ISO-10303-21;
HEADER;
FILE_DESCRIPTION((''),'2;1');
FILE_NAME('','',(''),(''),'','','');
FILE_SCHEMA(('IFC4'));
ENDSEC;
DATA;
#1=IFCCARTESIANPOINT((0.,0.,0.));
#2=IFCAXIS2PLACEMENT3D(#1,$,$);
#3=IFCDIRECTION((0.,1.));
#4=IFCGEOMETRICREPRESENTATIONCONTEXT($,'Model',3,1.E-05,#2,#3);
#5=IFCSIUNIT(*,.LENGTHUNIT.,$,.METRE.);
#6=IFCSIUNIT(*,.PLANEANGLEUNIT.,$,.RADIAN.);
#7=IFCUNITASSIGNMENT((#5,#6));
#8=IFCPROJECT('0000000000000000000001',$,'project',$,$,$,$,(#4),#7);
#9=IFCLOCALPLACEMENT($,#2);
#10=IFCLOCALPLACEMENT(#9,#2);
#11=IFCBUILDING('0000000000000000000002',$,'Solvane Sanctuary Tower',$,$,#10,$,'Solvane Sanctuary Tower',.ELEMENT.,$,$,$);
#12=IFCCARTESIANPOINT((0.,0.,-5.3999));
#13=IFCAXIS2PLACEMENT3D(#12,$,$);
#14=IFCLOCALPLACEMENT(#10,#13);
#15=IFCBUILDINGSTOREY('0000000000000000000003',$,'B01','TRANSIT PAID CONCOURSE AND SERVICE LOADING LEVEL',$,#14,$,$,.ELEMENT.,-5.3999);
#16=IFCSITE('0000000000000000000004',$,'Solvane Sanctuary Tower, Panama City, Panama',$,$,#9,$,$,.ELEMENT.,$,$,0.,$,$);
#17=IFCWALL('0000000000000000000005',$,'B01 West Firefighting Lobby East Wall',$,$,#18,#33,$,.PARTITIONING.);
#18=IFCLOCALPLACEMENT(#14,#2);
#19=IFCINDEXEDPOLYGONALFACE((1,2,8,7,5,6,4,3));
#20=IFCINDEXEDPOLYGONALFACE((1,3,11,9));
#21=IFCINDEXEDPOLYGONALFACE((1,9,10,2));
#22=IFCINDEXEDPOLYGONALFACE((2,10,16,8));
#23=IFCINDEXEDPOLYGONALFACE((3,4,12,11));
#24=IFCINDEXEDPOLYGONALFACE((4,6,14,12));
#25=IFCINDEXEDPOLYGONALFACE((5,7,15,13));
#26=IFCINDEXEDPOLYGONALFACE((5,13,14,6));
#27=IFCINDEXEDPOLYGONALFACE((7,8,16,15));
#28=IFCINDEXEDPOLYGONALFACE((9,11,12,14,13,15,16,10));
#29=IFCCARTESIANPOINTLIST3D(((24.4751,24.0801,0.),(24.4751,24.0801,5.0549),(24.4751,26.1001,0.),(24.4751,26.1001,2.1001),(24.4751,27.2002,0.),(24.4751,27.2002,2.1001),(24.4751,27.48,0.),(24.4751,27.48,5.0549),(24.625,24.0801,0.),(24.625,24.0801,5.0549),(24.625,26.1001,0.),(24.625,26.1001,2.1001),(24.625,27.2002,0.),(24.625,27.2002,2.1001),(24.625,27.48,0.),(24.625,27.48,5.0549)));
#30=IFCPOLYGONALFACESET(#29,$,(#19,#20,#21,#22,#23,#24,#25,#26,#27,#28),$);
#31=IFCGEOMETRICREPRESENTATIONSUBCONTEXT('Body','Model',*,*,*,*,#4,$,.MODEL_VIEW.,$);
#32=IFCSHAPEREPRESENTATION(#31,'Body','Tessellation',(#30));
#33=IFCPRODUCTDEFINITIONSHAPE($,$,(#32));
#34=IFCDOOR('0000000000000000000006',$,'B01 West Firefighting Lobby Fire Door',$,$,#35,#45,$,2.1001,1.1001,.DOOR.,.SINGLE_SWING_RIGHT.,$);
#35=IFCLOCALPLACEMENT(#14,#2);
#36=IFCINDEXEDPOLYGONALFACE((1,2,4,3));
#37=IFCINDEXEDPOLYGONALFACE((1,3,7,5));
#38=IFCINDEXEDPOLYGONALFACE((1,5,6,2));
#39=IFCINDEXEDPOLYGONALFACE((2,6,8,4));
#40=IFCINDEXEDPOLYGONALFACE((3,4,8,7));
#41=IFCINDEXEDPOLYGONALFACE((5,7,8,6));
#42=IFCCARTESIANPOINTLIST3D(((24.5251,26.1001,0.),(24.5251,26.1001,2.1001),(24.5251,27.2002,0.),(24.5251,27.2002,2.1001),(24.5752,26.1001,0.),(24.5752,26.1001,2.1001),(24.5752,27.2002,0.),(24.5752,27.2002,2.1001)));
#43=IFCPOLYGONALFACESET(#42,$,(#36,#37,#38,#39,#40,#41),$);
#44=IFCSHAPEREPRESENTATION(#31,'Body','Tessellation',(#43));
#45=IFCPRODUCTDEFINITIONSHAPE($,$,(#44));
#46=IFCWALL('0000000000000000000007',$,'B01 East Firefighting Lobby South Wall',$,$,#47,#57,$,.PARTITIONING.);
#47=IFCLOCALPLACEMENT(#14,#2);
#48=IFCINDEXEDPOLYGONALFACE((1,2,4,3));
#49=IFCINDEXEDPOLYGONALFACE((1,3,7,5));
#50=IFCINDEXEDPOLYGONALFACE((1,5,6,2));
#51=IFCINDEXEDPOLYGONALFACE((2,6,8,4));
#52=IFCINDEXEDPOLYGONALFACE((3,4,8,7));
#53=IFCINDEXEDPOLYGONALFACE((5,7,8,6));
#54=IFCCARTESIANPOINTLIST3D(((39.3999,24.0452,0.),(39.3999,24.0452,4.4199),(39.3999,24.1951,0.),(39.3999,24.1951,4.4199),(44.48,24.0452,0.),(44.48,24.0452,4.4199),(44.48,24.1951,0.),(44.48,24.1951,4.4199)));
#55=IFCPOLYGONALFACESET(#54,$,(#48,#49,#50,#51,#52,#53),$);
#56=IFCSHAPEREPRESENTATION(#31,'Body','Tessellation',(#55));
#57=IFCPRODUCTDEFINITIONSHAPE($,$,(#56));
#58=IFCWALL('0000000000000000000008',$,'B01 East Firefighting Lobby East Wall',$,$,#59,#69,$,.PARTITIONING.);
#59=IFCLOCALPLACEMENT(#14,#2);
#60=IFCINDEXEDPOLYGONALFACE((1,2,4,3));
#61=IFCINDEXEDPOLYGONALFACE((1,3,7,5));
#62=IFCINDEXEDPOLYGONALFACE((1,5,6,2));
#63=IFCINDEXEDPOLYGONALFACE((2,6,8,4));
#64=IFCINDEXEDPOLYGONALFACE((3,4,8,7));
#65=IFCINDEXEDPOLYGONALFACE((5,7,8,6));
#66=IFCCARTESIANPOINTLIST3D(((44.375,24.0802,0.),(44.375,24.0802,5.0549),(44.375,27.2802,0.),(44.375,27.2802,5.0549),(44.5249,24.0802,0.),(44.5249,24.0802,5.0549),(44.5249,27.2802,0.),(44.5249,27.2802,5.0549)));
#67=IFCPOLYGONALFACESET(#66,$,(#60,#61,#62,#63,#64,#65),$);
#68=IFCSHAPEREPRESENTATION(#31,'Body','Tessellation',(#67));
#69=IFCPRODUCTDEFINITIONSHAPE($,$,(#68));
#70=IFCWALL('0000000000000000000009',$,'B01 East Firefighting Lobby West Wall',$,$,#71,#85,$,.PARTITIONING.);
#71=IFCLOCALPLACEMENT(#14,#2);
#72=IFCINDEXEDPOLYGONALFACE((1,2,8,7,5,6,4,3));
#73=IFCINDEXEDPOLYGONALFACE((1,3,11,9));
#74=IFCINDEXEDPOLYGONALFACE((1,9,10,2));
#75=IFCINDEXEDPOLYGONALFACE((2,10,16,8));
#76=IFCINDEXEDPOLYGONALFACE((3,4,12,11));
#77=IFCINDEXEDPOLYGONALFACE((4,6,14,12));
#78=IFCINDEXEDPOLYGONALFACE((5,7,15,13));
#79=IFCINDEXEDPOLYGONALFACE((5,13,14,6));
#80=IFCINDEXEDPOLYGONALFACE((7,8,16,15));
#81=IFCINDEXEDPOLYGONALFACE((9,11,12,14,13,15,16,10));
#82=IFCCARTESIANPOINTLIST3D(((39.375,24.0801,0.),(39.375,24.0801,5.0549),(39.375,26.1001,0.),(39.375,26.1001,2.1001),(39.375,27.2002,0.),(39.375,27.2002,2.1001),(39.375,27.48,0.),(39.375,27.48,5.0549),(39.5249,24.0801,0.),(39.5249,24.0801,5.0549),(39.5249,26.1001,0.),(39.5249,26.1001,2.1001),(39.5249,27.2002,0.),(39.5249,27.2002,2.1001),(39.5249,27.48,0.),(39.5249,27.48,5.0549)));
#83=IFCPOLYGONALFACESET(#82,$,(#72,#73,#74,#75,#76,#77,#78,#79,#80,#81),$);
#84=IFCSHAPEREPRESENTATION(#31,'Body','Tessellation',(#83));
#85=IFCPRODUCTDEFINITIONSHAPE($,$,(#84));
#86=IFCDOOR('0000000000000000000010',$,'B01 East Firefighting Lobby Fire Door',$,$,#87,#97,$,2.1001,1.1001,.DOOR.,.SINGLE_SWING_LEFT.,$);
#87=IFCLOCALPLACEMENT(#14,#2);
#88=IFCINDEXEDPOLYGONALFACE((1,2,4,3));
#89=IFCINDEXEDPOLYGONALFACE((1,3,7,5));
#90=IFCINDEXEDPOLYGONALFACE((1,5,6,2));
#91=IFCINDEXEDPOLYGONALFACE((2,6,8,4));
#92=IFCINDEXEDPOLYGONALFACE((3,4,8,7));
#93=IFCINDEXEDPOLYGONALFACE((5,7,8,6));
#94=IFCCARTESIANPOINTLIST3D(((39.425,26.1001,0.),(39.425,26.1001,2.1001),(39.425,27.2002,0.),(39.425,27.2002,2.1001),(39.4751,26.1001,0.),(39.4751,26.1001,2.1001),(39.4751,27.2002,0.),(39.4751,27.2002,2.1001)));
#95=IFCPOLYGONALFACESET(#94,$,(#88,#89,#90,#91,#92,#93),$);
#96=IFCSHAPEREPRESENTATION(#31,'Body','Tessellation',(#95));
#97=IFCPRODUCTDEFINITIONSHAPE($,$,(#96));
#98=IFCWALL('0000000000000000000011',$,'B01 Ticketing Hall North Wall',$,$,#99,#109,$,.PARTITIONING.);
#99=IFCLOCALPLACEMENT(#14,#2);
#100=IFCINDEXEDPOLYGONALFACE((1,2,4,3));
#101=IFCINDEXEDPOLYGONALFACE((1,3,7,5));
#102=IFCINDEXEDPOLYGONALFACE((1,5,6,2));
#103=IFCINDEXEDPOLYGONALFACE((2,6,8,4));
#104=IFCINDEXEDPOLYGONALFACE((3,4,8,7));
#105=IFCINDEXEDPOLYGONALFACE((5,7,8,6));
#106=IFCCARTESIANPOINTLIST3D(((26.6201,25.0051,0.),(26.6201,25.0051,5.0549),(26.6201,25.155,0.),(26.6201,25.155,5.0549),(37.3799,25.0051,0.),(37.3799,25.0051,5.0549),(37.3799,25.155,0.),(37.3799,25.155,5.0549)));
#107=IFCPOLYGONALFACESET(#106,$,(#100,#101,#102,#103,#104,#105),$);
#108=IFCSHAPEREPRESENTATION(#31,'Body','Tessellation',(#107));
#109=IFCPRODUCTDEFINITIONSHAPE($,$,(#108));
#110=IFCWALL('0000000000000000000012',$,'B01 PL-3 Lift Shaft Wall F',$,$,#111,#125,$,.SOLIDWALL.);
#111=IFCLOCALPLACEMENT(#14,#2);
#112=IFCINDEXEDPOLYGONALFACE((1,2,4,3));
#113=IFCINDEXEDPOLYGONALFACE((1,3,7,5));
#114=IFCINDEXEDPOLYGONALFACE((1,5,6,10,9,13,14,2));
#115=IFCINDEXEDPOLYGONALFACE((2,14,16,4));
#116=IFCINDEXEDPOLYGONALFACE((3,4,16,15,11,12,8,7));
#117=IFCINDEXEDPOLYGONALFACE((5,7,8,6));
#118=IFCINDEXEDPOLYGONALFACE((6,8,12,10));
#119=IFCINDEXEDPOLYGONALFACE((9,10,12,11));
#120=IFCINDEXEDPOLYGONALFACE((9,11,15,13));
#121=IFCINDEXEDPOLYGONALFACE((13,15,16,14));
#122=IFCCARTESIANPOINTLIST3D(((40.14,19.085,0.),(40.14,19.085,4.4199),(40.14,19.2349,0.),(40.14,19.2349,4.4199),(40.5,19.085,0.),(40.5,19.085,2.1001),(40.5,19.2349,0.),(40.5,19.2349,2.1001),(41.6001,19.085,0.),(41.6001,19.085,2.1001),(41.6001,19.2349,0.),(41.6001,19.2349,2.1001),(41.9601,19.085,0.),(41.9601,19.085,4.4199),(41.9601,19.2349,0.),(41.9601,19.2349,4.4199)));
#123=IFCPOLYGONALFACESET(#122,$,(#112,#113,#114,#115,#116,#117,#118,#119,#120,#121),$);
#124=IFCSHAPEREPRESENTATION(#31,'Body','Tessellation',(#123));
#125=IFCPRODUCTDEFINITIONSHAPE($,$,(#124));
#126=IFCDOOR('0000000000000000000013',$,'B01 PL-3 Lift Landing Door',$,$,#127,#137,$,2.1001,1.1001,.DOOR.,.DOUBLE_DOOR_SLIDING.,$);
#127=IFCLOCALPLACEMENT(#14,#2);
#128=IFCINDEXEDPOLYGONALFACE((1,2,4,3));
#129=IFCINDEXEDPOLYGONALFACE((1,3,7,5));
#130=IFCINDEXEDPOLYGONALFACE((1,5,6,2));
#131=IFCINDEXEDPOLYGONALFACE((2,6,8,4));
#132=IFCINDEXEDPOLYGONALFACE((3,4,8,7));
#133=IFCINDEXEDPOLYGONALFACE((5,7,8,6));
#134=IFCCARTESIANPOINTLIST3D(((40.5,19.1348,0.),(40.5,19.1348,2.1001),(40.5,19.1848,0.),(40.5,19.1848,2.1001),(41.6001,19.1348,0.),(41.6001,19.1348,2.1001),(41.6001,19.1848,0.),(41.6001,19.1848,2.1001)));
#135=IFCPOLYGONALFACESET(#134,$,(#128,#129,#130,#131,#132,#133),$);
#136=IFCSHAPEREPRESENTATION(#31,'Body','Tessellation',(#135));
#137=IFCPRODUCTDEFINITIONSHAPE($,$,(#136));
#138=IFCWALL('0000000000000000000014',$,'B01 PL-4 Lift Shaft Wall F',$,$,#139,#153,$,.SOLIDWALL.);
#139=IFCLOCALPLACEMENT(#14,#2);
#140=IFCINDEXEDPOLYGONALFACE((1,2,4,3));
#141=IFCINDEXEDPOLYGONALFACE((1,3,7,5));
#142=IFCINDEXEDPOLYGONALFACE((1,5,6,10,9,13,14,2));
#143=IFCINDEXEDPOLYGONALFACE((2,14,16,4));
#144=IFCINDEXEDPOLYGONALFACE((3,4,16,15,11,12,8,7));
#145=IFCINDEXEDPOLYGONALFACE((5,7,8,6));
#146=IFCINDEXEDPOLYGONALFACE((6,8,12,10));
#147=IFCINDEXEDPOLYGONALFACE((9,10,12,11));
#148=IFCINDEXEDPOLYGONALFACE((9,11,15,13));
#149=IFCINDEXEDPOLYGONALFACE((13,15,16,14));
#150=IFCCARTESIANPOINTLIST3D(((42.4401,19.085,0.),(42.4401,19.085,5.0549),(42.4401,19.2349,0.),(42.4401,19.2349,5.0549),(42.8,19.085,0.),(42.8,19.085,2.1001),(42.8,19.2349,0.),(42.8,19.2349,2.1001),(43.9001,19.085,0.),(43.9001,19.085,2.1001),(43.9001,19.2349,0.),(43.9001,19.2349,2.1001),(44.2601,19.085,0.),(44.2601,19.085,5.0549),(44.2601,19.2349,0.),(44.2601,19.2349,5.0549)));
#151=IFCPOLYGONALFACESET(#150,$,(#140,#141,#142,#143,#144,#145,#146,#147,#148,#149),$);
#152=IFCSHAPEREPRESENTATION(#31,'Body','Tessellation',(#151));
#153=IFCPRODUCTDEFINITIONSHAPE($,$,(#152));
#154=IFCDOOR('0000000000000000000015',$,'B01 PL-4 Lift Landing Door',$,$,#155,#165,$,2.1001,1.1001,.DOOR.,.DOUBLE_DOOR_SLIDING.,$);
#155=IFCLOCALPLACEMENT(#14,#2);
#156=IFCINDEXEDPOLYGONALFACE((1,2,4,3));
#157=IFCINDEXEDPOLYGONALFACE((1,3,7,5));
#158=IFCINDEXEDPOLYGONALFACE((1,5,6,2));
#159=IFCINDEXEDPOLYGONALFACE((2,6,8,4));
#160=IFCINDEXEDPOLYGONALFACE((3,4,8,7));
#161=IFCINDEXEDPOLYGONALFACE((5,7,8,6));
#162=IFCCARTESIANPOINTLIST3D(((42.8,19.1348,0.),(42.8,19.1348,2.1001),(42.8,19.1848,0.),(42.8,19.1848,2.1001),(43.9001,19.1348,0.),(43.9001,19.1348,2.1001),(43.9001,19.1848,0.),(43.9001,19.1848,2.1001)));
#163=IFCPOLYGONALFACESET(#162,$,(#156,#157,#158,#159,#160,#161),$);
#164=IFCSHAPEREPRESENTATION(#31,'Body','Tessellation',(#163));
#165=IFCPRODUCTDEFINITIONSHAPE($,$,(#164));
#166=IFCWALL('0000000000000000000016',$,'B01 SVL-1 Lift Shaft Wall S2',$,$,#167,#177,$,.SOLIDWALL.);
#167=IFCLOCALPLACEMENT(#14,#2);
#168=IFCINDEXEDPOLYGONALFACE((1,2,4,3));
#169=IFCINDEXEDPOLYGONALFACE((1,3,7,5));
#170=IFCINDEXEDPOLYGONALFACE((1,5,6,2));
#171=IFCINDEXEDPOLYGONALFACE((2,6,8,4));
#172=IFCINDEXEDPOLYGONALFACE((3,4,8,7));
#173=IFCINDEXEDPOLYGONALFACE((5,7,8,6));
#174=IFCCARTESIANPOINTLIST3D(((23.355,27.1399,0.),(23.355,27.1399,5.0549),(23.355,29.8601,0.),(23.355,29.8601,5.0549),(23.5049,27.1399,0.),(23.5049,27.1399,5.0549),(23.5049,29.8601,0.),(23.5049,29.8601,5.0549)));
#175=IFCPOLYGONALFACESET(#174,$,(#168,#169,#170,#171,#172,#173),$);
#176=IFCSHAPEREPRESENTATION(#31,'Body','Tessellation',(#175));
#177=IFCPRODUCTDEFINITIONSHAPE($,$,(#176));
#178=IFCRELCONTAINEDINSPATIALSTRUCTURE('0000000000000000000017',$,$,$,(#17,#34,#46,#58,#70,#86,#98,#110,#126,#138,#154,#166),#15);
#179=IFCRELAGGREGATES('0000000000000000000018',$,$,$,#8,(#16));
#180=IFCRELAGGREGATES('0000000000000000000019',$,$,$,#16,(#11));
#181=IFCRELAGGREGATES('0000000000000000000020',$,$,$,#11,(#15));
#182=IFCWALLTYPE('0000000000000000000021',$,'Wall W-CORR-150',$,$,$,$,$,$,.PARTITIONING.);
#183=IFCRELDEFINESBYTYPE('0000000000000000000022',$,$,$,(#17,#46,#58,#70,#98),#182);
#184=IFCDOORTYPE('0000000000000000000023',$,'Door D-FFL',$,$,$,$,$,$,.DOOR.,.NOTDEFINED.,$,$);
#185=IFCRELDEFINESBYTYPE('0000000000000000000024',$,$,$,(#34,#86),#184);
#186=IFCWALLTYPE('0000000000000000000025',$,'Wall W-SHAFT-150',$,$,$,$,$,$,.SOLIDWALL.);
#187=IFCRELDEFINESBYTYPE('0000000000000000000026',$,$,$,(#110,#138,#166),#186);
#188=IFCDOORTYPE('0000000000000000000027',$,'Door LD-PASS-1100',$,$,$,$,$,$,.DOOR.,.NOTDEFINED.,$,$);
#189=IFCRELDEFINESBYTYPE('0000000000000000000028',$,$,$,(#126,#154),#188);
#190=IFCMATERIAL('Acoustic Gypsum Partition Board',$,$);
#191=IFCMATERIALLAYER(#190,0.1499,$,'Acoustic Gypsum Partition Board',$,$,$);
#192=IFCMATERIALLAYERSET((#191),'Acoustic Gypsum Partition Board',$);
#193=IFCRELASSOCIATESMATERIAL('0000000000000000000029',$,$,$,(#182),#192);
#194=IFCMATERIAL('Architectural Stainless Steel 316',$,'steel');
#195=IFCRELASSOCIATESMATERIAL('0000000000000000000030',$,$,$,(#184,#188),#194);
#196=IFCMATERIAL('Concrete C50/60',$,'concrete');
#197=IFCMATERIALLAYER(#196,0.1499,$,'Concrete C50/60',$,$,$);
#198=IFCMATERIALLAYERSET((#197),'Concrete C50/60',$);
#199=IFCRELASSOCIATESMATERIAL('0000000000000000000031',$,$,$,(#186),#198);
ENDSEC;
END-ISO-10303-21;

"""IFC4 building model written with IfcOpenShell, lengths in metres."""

from ifc_helpers import new_model, si_unit, direction, frame, frame_2d, origin, place, context, subcontext, project, spatial, rectangle, extrude, material, layer, layer_set, type_object, element, fill, save


model = new_model("IFC4")

# Units and contexts
model_context = context("Model", 3, precision=1e-05, world=origin(), true_north=direction((0.0, 1.0)))
body_context = subcontext(model_context, "Body", "Model", "MODEL_VIEW")
ifc_project = project(units=[si_unit("LENGTHUNIT", "METRE"), si_unit("PLANEANGLEUNIT", "RADIAN")], contexts=[model_context])

# Site, building, storey
site_placement = place(None, origin())
site = spatial("IfcSite", under=ifc_project, at=site_placement, Name="Solvane Sanctuary Tower, Panama City, Panama", CompositionType="ELEMENT", RefElevation=0.0)
building_placement = place(site_placement, origin())
building = spatial("IfcBuilding", under=site, at=building_placement, Name="Solvane Sanctuary Tower", LongName="Solvane Sanctuary Tower", CompositionType="ELEMENT")
storey_placement = place(building_placement, frame((0.0, 0.0, -5.3999)))
storey = spatial("IfcBuildingStorey", under=building, at=storey_placement, Name="B01", Description="TRANSIT PAID CONCOURSE AND SERVICE LOADING LEVEL", CompositionType="ELEMENT", Elevation=-5.3999)

# Wall, opening, door
ifc_material_1 = material(Name="Acoustic Gypsum Partition Board")
ifc_layer_1 = layer(ifc_material_1, 0.1499, Name="Acoustic Gypsum Partition Board")
ifc_layer_set_1 = layer_set([ifc_layer_1], Name="Acoustic Gypsum Partition Board")
wall_type_1 = type_object("IfcWallType", Name="Wall W-CORR-150", PredefinedType="PARTITIONING", material=ifc_layer_set_1)
wall_1_placement = place(storey_placement, frame((24.55, 24.0801, 0.0), z_axis=(0.0, 0.0, 1.0), x_axis=(0.0, 1.0, 0.0)))
wall_1 = element("IfcWall", 1, at=wall_1_placement, inside=storey, type_object=wall_type_1, Name="B01 West Firefighting Lobby East Wall", PredefinedType="PARTITIONING", context=body_context, shape_type="SweptSolid", body=[
    extrude(rectangle(XDim=3.3999, YDim=0.1499, at=frame_2d((1.7, 0.0))), origin(), (0.0, 0.0, 1.0), 5.0549),
])
opening_1_placement = place(wall_1_placement, frame((2.02, 0.0, 0.0)))
opening_1 = element("IfcOpeningElement", 2, at=opening_1_placement, cuts=wall_1, PredefinedType="OPENING", context=body_context, shape_type="SweptSolid", body=[
    extrude(rectangle(XDim=1.1001, YDim=2.1001, at=frame_2d((0.55, 1.05))), frame((0.0, 0.085, 0.0), z_axis=(0.0, -1.0, 0.0), x_axis=(1.0, 0.0, 0.0)), (0.0, 0.0, 1.0), 0.1699),
])
ifc_material_2 = material(Name="Architectural Stainless Steel 316", Category="steel")
door_type_1 = type_object("IfcDoorType", Name="Door D-FFL", OperationType="NOTDEFINED", PredefinedType="DOOR", material=ifc_material_2)
door_1_placement = place(opening_1_placement, origin())
door_1 = element("IfcDoor", 3, at=door_1_placement, inside=storey, type_object=door_type_1, Name="B01 West Firefighting Lobby Fire Door", OperationType="SINGLE_SWING_RIGHT", OverallHeight=2.1001, OverallWidth=1.1001, PredefinedType="DOOR", context=body_context, shape_type="SweptSolid", body=[
    extrude(rectangle(XDim=1.1001, YDim=2.1001, at=frame_2d((0.55, 1.05))), frame((0.0, 0.0249, 0.0), z_axis=(0.0, -1.0, 0.0), x_axis=(1.0, 0.0, 0.0)), (0.0, 0.0, 1.0), 0.05),
])
fill(opening_1, door_1)

# Walls
wall_2_placement = place(storey_placement, frame((39.3999, 24.1201, 0.0), z_axis=(0.0, 0.0, 1.0), x_axis=(1.0, 0.0, 0.0)))
element("IfcWall", 4, at=wall_2_placement, inside=storey, type_object=wall_type_1, Name="B01 East Firefighting Lobby South Wall", PredefinedType="PARTITIONING", context=body_context, shape_type="SweptSolid", body=[
    extrude(rectangle(XDim=5.0801, YDim=0.1499, at=frame_2d((2.54, 0.0))), origin(), (0.0, 0.0, 1.0), 4.4199),
])
wall_3_placement = place(storey_placement, frame((44.45, 24.0801, 0.0), z_axis=(0.0, 0.0, 1.0), x_axis=(0.0, 1.0, 0.0)))
element("IfcWall", 5, at=wall_3_placement, inside=storey, type_object=wall_type_1, Name="B01 East Firefighting Lobby East Wall", PredefinedType="PARTITIONING", context=body_context, shape_type="SweptSolid", body=[
    extrude(rectangle(XDim=3.2, YDim=0.1499, at=frame_2d((1.6001, 0.0))), origin(), (0.0, 0.0, 1.0), 5.0549),
])

# Wall, opening, door
wall_4_placement = place(storey_placement, frame((39.45, 24.0801, 0.0), z_axis=(0.0, 0.0, 1.0), x_axis=(0.0, 1.0, 0.0)))
wall_4 = element("IfcWall", 6, at=wall_4_placement, inside=storey, type_object=wall_type_1, Name="B01 East Firefighting Lobby West Wall", PredefinedType="PARTITIONING", context=body_context, shape_type="SweptSolid", body=[
    extrude(rectangle(XDim=3.3999, YDim=0.1499, at=frame_2d((1.7, 0.0))), origin(), (0.0, 0.0, 1.0), 5.0549),
])
opening_2_placement = place(wall_4_placement, frame((2.02, 0.0, 0.0)))
opening_2 = element("IfcOpeningElement", 7, at=opening_2_placement, cuts=wall_4, PredefinedType="OPENING", context=body_context, shape_type="SweptSolid", body=[
    extrude(rectangle(XDim=1.1001, YDim=2.1001, at=frame_2d((0.55, 1.05))), frame((0.0, 0.085, 0.0), z_axis=(0.0, -1.0, 0.0), x_axis=(1.0, 0.0, 0.0)), (0.0, 0.0, 1.0), 0.1699),
])
door_2_placement = place(opening_2_placement, origin())
door_2 = element("IfcDoor", 8, at=door_2_placement, inside=storey, type_object=door_type_1, Name="B01 East Firefighting Lobby Fire Door", OperationType="SINGLE_SWING_LEFT", OverallHeight=2.1001, OverallWidth=1.1001, PredefinedType="DOOR", context=body_context, shape_type="SweptSolid", body=[
    extrude(rectangle(XDim=1.1001, YDim=2.1001, at=frame_2d((0.55, 1.05))), frame((0.0, 0.0249, 0.0), z_axis=(0.0, -1.0, 0.0), x_axis=(1.0, 0.0, 0.0)), (0.0, 0.0, 1.0), 0.05),
])
fill(opening_2, door_2)

# Wall
wall_5_placement = place(storey_placement, frame((26.6201, 25.0801, 0.0), z_axis=(0.0, 0.0, 1.0), x_axis=(1.0, 0.0, 0.0)))
element("IfcWall", 9, at=wall_5_placement, inside=storey, type_object=wall_type_1, Name="B01 Ticketing Hall North Wall", PredefinedType="PARTITIONING", context=body_context, shape_type="SweptSolid", body=[
    extrude(rectangle(XDim=10.7598, YDim=0.1499, at=frame_2d((5.3799, 0.0))), origin(), (0.0, 0.0, 1.0), 5.0549),
])

# Walls, openings, doors
ifc_material_3 = material(Name="Concrete C50/60", Category="concrete")
ifc_layer_2 = layer(ifc_material_3, 0.1499, Name="Concrete C50/60")
ifc_layer_set_2 = layer_set([ifc_layer_2], Name="Concrete C50/60")
wall_type_2 = type_object("IfcWallType", Name="Wall W-SHAFT-150", PredefinedType="SOLIDWALL", material=ifc_layer_set_2)
wall_6_placement = place(storey_placement, frame((40.1399, 19.1599, 0.0), z_axis=(0.0, 0.0, 1.0), x_axis=(1.0, 0.0, 0.0)))
wall_6 = element("IfcWall", 10, at=wall_6_placement, inside=storey, type_object=wall_type_2, Name="B01 PL-3 Lift Shaft Wall F", PredefinedType="SOLIDWALL", context=body_context, shape_type="SweptSolid", body=[
    extrude(rectangle(XDim=1.8201, YDim=0.1499, at=frame_2d((0.9102, 0.0))), origin(), (0.0, 0.0, 1.0), 4.4199),
])
opening_3_placement = place(wall_6_placement, frame((0.3601, 0.0, 0.0)))
opening_3 = element("IfcOpeningElement", 11, at=opening_3_placement, cuts=wall_6, PredefinedType="OPENING", context=body_context, shape_type="SweptSolid", body=[
    extrude(rectangle(XDim=1.1001, YDim=2.1001, at=frame_2d((0.55, 1.05))), frame((0.0, 0.085, 0.0), z_axis=(0.0, -1.0, 0.0), x_axis=(1.0, 0.0, 0.0)), (0.0, 0.0, 1.0), 0.1699),
])
door_type_2 = type_object("IfcDoorType", Name="Door LD-PASS-1100", OperationType="NOTDEFINED", PredefinedType="DOOR", material=ifc_material_2)
door_3_placement = place(opening_3_placement, origin())
door_3 = element("IfcDoor", 12, at=door_3_placement, inside=storey, type_object=door_type_2, Name="B01 PL-3 Lift Landing Door", OperationType="DOUBLE_DOOR_SLIDING", OverallHeight=2.1001, OverallWidth=1.1001, PredefinedType="DOOR", context=body_context, shape_type="SweptSolid", body=[
    extrude(rectangle(XDim=1.1001, YDim=2.1001, at=frame_2d((0.55, 1.05))), frame((0.0, 0.0249, 0.0), z_axis=(0.0, -1.0, 0.0), x_axis=(1.0, 0.0, 0.0)), (0.0, 0.0, 1.0), 0.05),
])
fill(opening_3, door_3)
wall_7_placement = place(storey_placement, frame((42.4399, 19.1599, 0.0), z_axis=(0.0, 0.0, 1.0), x_axis=(1.0, 0.0, 0.0)))
wall_7 = element("IfcWall", 13, at=wall_7_placement, inside=storey, type_object=wall_type_2, Name="B01 PL-4 Lift Shaft Wall F", PredefinedType="SOLIDWALL", context=body_context, shape_type="SweptSolid", body=[
    extrude(rectangle(XDim=1.8201, YDim=0.1499, at=frame_2d((0.9102, 0.0))), origin(), (0.0, 0.0, 1.0), 5.0549),
])
opening_4_placement = place(wall_7_placement, frame((0.3601, 0.0, 0.0)))
opening_4 = element("IfcOpeningElement", 14, at=opening_4_placement, cuts=wall_7, PredefinedType="OPENING", context=body_context, shape_type="SweptSolid", body=[
    extrude(rectangle(XDim=1.1001, YDim=2.1001, at=frame_2d((0.55, 1.05))), frame((0.0, 0.085, 0.0), z_axis=(0.0, -1.0, 0.0), x_axis=(1.0, 0.0, 0.0)), (0.0, 0.0, 1.0), 0.1699),
])
door_4_placement = place(opening_4_placement, origin())
door_4 = element("IfcDoor", 15, at=door_4_placement, inside=storey, type_object=door_type_2, Name="B01 PL-4 Lift Landing Door", OperationType="DOUBLE_DOOR_SLIDING", OverallHeight=2.1001, OverallWidth=1.1001, PredefinedType="DOOR", context=body_context, shape_type="SweptSolid", body=[
    extrude(rectangle(XDim=1.1001, YDim=2.1001, at=frame_2d((0.55, 1.05))), frame((0.0, 0.0249, 0.0), z_axis=(0.0, -1.0, 0.0), x_axis=(1.0, 0.0, 0.0)), (0.0, 0.0, 1.0), 0.05),
])
fill(opening_4, door_4)

# Wall
wall_8_placement = place(storey_placement, frame((23.4299, 27.1399, 0.0), z_axis=(0.0, 0.0, 1.0), x_axis=(0.0, 1.0, 0.0)))
element("IfcWall", 16, at=wall_8_placement, inside=storey, type_object=wall_type_2, Name="B01 SVL-1 Lift Shaft Wall S2", PredefinedType="SOLIDWALL", context=body_context, shape_type="SweptSolid", body=[
    extrude(rectangle(XDim=2.7202, YDim=0.1499, at=frame_2d((1.3601, 0.0))), origin(), (0.0, 0.0, 1.0), 5.0549),
])

save(model, "model.ifc")
